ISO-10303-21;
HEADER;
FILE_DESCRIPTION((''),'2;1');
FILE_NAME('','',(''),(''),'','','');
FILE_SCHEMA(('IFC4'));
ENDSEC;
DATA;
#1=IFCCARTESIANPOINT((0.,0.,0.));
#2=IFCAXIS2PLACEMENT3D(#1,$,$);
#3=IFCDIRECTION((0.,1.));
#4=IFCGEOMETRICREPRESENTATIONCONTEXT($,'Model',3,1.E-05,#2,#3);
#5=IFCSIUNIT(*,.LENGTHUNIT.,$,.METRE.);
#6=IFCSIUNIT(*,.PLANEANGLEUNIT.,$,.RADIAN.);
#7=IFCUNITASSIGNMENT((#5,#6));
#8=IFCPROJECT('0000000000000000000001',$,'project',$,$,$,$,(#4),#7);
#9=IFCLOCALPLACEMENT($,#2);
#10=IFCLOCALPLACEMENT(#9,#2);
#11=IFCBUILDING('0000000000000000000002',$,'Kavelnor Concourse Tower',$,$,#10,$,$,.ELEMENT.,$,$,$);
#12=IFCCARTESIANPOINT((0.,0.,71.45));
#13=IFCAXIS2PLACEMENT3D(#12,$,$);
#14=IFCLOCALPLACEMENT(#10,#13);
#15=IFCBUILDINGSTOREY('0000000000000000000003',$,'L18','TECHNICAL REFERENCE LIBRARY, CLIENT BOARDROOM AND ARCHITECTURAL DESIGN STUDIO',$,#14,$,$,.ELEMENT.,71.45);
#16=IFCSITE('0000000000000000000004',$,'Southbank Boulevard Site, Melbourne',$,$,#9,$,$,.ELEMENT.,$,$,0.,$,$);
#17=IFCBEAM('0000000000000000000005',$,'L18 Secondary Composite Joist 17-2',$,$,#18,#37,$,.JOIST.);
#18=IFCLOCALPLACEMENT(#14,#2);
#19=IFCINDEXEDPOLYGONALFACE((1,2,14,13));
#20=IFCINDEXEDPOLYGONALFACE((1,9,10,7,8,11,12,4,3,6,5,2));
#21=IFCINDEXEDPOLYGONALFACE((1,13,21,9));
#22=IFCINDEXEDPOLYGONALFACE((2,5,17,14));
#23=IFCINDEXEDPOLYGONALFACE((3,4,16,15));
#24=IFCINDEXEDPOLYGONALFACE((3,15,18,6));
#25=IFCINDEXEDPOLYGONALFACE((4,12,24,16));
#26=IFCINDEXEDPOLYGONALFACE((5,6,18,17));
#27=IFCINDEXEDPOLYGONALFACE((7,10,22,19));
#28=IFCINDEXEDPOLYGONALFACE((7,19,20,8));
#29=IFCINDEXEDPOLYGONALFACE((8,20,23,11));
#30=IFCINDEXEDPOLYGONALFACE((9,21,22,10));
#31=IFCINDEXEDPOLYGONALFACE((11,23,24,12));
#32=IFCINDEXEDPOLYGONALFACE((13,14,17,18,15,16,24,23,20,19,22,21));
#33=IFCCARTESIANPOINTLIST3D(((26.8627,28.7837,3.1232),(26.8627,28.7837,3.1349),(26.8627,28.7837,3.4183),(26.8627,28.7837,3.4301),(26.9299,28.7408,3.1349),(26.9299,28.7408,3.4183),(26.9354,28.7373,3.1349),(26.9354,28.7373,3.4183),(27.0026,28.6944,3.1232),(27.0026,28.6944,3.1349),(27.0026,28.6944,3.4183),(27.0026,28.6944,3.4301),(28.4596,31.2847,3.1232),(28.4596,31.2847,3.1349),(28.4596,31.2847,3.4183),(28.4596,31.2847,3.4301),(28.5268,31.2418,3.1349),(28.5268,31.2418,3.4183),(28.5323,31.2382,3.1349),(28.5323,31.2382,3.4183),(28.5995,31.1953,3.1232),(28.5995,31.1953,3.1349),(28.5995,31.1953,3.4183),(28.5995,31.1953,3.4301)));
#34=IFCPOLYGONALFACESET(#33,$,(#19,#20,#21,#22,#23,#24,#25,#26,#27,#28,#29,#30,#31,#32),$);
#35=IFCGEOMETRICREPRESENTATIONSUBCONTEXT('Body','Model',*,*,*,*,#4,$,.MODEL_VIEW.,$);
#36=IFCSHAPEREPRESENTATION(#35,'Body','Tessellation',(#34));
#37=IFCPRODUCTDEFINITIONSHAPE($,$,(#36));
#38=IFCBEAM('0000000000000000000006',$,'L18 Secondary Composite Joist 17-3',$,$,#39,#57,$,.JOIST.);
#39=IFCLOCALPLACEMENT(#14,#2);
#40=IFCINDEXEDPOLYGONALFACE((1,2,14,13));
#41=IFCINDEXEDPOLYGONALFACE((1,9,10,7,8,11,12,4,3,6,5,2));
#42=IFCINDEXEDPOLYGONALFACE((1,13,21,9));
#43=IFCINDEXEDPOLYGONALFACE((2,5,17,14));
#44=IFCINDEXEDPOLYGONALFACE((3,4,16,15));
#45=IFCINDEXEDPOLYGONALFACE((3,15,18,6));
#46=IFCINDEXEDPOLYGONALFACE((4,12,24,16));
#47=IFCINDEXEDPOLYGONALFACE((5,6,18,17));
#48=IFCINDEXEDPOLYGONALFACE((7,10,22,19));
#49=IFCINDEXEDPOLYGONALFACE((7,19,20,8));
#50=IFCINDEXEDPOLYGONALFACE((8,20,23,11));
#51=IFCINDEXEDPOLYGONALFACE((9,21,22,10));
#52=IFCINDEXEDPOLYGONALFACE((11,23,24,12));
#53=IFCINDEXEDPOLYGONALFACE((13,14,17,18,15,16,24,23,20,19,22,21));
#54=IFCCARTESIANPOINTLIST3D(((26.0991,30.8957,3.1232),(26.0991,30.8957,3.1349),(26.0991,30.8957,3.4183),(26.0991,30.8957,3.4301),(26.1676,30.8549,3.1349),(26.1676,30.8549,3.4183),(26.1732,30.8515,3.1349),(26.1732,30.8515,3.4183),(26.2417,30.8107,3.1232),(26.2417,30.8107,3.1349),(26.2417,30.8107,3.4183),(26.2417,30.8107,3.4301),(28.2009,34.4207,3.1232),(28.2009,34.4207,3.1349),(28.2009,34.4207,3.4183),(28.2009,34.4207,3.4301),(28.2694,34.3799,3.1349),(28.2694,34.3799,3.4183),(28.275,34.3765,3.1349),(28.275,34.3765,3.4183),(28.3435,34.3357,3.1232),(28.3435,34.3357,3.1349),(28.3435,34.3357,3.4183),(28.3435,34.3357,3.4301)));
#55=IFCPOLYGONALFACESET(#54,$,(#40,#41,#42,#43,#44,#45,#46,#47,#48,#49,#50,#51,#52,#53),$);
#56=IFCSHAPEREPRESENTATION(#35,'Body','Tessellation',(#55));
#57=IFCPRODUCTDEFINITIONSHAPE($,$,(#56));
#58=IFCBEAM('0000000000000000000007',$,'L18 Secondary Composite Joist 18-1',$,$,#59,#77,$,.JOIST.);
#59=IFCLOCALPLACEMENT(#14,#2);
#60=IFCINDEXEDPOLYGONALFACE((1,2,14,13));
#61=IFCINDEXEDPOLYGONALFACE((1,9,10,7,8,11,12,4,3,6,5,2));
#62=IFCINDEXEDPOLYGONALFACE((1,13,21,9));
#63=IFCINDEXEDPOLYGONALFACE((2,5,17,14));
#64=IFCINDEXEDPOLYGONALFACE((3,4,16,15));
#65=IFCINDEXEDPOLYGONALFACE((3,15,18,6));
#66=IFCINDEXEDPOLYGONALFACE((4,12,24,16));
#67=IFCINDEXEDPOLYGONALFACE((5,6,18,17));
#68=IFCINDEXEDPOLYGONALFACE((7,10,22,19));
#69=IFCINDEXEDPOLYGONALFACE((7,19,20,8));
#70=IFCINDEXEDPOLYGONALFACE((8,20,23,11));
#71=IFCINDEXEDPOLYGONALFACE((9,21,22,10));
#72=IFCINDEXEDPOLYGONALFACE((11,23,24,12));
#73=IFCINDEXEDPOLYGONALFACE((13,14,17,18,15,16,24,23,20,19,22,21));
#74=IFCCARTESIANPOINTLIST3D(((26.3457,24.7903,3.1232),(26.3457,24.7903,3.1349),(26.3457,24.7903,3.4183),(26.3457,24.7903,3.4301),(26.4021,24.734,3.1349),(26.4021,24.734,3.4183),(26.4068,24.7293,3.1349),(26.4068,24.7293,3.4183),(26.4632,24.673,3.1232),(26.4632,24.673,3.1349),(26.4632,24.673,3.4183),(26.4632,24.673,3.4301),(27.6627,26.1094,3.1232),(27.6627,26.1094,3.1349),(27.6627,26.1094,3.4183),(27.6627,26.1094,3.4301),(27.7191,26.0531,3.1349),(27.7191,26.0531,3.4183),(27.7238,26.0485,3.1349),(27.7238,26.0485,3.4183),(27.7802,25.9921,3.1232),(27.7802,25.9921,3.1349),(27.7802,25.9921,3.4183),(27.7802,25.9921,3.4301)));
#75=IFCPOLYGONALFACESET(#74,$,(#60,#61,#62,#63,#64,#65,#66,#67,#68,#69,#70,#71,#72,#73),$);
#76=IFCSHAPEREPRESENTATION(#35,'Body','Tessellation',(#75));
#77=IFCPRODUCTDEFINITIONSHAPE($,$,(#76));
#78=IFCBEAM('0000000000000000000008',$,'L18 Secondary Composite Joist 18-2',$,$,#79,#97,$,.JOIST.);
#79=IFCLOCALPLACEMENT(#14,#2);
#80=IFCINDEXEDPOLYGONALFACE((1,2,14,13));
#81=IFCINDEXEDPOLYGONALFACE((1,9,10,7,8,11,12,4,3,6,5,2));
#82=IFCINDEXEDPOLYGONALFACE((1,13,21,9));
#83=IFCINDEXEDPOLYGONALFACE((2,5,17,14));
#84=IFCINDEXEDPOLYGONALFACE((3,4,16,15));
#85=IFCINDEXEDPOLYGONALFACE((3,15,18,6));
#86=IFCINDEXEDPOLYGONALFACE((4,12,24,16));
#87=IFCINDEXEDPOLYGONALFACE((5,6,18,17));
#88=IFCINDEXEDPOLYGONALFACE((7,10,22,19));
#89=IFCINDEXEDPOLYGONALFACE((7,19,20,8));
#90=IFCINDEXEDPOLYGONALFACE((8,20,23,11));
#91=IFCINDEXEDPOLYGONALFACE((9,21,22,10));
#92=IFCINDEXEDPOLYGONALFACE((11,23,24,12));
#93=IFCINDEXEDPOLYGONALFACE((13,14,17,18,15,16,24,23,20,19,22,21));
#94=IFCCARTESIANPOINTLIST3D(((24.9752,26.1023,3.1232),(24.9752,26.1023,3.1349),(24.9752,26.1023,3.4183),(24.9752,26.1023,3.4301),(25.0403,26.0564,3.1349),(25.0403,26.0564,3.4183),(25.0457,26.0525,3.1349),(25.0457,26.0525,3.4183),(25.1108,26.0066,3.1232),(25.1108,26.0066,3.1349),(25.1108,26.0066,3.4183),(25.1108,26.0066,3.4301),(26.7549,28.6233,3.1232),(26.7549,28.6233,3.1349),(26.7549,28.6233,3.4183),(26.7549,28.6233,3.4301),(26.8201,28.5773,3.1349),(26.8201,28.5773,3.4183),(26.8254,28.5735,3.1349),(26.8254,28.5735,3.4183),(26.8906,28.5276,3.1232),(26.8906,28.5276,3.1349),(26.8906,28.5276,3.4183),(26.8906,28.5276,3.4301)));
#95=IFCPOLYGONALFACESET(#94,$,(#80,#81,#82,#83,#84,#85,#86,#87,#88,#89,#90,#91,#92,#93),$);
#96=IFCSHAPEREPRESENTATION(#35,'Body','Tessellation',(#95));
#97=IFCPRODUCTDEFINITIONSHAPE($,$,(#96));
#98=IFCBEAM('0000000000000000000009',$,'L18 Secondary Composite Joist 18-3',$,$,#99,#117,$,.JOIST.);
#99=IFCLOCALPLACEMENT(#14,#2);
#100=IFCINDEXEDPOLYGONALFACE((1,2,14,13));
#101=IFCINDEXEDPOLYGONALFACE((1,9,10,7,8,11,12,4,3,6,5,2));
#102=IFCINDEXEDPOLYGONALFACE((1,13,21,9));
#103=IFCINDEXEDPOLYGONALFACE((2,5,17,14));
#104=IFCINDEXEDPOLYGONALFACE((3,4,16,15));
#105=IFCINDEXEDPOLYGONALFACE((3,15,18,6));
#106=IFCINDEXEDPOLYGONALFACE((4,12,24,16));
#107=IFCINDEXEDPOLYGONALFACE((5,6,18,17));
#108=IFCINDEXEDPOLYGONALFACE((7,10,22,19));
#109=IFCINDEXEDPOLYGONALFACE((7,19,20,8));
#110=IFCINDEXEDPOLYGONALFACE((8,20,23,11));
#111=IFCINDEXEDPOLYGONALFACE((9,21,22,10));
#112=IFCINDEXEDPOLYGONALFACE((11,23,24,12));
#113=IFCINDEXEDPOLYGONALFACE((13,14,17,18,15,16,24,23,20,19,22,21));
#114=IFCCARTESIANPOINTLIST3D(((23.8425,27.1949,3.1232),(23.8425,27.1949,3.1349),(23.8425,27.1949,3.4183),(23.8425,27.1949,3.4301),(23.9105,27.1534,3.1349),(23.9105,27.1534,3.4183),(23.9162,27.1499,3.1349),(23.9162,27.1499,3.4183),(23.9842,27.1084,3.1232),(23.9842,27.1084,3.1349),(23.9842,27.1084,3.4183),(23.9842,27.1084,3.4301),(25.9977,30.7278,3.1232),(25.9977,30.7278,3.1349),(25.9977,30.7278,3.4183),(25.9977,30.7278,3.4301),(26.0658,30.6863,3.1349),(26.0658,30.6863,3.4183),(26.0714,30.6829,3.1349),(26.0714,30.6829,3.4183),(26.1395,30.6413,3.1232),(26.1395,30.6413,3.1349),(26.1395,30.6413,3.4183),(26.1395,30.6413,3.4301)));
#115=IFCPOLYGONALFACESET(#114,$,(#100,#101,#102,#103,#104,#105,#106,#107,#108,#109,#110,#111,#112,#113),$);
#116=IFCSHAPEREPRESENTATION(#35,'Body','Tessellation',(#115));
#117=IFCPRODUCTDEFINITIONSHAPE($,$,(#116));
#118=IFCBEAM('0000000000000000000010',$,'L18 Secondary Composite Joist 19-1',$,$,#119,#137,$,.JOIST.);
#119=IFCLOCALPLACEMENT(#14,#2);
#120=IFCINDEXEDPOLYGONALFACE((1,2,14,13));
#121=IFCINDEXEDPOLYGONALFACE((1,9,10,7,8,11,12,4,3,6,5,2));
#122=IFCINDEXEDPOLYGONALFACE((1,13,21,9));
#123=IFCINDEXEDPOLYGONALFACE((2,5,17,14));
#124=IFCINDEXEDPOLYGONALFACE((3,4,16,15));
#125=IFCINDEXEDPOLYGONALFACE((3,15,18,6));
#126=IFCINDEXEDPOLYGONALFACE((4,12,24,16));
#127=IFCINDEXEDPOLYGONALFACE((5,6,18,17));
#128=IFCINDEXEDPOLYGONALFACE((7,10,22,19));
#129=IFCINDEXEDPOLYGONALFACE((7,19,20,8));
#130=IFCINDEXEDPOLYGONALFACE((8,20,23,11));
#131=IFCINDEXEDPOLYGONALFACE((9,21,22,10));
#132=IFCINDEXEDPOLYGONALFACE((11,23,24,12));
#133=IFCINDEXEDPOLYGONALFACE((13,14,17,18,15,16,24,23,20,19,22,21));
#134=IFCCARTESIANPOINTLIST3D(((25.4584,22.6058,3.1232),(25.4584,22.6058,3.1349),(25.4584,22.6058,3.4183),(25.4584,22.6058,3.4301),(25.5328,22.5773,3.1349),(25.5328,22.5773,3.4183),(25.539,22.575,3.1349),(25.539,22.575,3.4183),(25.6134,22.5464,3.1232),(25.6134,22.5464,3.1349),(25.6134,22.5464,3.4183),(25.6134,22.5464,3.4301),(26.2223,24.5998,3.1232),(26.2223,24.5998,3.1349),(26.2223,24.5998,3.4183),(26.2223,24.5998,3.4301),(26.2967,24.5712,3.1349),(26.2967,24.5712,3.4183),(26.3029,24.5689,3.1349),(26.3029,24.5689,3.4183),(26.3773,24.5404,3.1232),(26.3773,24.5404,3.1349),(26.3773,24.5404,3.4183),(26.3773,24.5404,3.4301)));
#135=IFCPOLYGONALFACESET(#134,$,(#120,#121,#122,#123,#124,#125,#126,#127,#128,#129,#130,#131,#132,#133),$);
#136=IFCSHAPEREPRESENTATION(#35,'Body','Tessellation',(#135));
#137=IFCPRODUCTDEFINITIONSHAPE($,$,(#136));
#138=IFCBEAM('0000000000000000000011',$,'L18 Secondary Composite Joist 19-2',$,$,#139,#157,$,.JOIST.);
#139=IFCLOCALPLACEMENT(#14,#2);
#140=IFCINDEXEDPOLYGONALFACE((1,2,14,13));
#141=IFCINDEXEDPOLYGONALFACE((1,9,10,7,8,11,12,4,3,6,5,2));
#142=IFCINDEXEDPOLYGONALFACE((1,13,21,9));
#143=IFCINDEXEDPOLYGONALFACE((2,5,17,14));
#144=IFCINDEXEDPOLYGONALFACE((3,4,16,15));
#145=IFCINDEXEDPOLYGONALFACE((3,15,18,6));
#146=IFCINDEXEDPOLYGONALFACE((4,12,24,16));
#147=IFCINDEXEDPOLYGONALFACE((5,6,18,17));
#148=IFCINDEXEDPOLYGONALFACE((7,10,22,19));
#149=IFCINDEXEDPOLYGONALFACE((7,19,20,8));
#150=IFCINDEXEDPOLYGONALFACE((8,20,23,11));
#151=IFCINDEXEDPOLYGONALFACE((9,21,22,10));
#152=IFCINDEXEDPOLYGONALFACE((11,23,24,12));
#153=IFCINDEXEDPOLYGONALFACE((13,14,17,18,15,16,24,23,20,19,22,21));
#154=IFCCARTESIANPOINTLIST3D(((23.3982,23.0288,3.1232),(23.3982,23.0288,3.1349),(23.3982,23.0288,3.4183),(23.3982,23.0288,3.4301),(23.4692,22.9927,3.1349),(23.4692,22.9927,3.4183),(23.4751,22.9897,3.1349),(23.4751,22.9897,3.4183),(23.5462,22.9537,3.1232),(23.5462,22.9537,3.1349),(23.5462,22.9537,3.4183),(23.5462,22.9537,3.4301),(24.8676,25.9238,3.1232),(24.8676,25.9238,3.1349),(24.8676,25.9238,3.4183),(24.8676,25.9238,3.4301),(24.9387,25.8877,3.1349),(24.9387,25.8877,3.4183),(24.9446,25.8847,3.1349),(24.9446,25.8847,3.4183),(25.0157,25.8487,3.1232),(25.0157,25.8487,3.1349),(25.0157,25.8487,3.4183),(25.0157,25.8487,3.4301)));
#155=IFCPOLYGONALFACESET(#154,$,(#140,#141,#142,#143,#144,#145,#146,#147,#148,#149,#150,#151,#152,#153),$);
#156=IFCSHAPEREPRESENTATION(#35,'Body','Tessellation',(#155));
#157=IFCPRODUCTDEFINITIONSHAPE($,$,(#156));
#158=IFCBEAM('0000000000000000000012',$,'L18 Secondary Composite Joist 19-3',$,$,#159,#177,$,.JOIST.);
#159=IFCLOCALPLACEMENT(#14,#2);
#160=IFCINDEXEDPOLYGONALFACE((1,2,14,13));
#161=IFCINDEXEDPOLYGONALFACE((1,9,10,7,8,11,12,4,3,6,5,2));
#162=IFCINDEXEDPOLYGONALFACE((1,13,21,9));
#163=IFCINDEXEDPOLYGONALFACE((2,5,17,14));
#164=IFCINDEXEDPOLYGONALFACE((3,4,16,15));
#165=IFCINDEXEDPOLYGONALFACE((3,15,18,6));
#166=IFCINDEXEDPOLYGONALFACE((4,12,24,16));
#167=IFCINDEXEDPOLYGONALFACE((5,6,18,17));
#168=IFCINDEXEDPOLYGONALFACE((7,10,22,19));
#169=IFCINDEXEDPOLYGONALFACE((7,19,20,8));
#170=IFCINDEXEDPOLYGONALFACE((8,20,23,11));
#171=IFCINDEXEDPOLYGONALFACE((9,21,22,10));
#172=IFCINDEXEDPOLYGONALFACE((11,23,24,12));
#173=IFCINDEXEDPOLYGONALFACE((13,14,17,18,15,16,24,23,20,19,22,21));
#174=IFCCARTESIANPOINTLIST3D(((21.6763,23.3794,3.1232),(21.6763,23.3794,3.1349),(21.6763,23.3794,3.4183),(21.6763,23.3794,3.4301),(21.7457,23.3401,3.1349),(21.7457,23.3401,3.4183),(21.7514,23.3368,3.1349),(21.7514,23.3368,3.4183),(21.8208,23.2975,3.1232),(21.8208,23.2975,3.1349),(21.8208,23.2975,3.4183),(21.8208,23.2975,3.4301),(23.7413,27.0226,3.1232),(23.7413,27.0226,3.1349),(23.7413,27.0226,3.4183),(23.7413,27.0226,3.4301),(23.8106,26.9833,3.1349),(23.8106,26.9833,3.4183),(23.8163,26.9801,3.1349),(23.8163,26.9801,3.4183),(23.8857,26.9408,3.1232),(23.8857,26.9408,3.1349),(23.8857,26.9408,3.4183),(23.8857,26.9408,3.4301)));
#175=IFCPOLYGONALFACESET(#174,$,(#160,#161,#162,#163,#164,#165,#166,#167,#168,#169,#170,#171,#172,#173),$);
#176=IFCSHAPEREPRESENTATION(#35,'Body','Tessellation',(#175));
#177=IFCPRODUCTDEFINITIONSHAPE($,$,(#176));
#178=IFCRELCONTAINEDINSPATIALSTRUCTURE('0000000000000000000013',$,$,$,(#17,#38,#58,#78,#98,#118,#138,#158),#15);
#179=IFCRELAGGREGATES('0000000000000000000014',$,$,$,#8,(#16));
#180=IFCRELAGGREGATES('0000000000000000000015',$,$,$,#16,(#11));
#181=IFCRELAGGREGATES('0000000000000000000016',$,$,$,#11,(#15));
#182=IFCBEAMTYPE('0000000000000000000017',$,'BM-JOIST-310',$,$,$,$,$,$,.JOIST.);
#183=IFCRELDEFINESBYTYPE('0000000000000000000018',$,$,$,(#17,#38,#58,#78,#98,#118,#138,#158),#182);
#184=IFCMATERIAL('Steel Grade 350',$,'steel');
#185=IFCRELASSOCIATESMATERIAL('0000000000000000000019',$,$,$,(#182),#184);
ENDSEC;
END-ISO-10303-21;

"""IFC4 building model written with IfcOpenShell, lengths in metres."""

from ifc_helpers import new_model, si_unit, direction, frame, origin, origin_2d, place, context, subcontext, project, spatial, i_section, extrude, material, material_profile, profile_set, type_object, element, save


model = new_model("IFC4")

# Units and contexts
model_context = context("Model", 3, precision=1e-05, world=origin(), true_north=direction((0.0, 1.0)))
body_context = subcontext(model_context, "Body", "Model", "MODEL_VIEW")
ifc_project = project(units=[si_unit("LENGTHUNIT", "METRE"), si_unit("PLANEANGLEUNIT", "RADIAN")], contexts=[model_context])

# Site, building, storey
site_placement = place(None, origin())
site = spatial("IfcSite", under=ifc_project, at=site_placement, Name="Southbank Boulevard Site, Melbourne", CompositionType="ELEMENT", RefElevation=0.0)
building_placement = place(site_placement, origin())
building = spatial("IfcBuilding", under=site, at=building_placement, Name="Kavelnor Concourse Tower", CompositionType="ELEMENT")
storey_placement = place(building_placement, frame((0.0, 0.0, 71.45)))
storey = spatial("IfcBuildingStorey", under=building, at=storey_placement, Name="L18", Description="TECHNICAL REFERENCE LIBRARY, CLIENT BOARDROOM AND ARCHITECTURAL DESIGN STUDIO", CompositionType="ELEMENT", Elevation=71.45)

# Shared definitions
ifc_material_1 = material(Name="Steel Grade 350", Category="steel")

# Beams
ifc_material_profile_1 = material_profile(ifc_material_1, i_section(OverallWidth=0.166, OverallDepth=0.3069, WebThickness=0.0066, FlangeThickness=0.0117, at=origin_2d()), Name="310UB46")
ifc_profile_set_1 = profile_set([ifc_material_profile_1], Name="Steel Grade 350")
beam_type_1 = type_object("IfcBeamType", Name="BM-JOIST-310", PredefinedType="JOIST", material=ifc_profile_set_1)
beam_1_placement = place(storey_placement, frame((28.5295, 31.24, 3.2766), z_axis=(-0.538169, -0.842837, 0.0), x_axis=(0.842837, -0.538169, 0.0)))
element("IfcBeam", 1, at=beam_1_placement, inside=storey, type_object=beam_type_1, Name="L18 Secondary Composite Joist 17-2", PredefinedType="JOIST", context=body_context, shape_type="SweptSolid", body=[
    extrude(i_section(OverallWidth=0.166, OverallDepth=0.3069, WebThickness=0.0066, FlangeThickness=0.0117, at=origin_2d()), origin(), (0.0, 0.0, 1.0), 2.9673),
])
beam_2_placement = place(storey_placement, frame((28.2722, 34.3782, 3.2766), z_axis=(-0.512141, -0.858902, 0.0), x_axis=(0.858902, -0.512141, 0.0)))
element("IfcBeam", 2, at=beam_2_placement, inside=storey, type_object=beam_type_1, Name="L18 Secondary Composite Joist 17-3", PredefinedType="JOIST", context=body_context, shape_type="SweptSolid", body=[
    extrude(i_section(OverallWidth=0.166, OverallDepth=0.3069, WebThickness=0.0066, FlangeThickness=0.0117, at=origin_2d()), origin(), (0.0, 0.0, 1.0), 4.104),
])
beam_3_placement = place(storey_placement, frame((27.7214, 26.0508, 3.2766), z_axis=(-0.706517, -0.707696, 0.0), x_axis=(0.707696, -0.706517, 0.0)))
element("IfcBeam", 3, at=beam_3_placement, inside=storey, type_object=beam_type_1, Name="L18 Secondary Composite Joist 18-1", PredefinedType="JOIST", context=body_context, shape_type="SweptSolid", body=[
    extrude(i_section(OverallWidth=0.166, OverallDepth=0.3069, WebThickness=0.0066, FlangeThickness=0.0117, at=origin_2d()), origin(), (0.0, 0.0, 1.0), 1.864),
])
beam_4_placement = place(storey_placement, frame((26.8228, 28.5754, 3.2766), z_axis=(-0.576739, -0.816928, 0.0), x_axis=(0.816928, -0.576739, 0.0)))
element("IfcBeam", 4, at=beam_4_placement, inside=storey, type_object=beam_type_1, Name="L18 Secondary Composite Joist 18-2", PredefinedType="JOIST", context=body_context, shape_type="SweptSolid", body=[
    extrude(i_section(OverallWidth=0.166, OverallDepth=0.3069, WebThickness=0.0066, FlangeThickness=0.0117, at=origin_2d()), origin(), (0.0, 0.0, 1.0), 3.0859),
])
beam_5_placement = place(storey_placement, frame((26.0686, 30.6846, 3.2766), z_axis=(-0.520789, -0.853686, 0.0), x_axis=(0.853686, -0.520789, 0.0)))
element("IfcBeam", 5, at=beam_5_placement, inside=storey, type_object=beam_type_1, Name="L18 Secondary Composite Joist 18-3", PredefinedType="JOIST", context=body_context, shape_type="SweptSolid", body=[
    extrude(i_section(OverallWidth=0.166, OverallDepth=0.3069, WebThickness=0.0066, FlangeThickness=0.0117, at=origin_2d()), origin(), (0.0, 0.0, 1.0), 4.1384),
])
beam_6_placement = place(storey_placement, frame((26.2998, 24.5701, 3.2766), z_axis=(-0.357768, -0.93381, 0.0), x_axis=(0.93381, -0.357768, 0.0)))
element("IfcBeam", 6, at=beam_6_placement, inside=storey, type_object=beam_type_1, Name="L18 Secondary Composite Joist 19-1", PredefinedType="JOIST", context=body_context, shape_type="SweptSolid", body=[
    extrude(i_section(OverallWidth=0.166, OverallDepth=0.3069, WebThickness=0.0066, FlangeThickness=0.0117, at=origin_2d()), origin(), (0.0, 0.0, 1.0), 2.1353),
])
beam_7_placement = place(storey_placement, frame((24.9417, 25.8862, 3.2766), z_axis=(-0.45262, -0.891704, 0.0), x_axis=(0.891704, -0.45262, 0.0)))
element("IfcBeam", 7, at=beam_7_placement, inside=storey, type_object=beam_type_1, Name="L18 Secondary Composite Joist 19-2", PredefinedType="JOIST", context=body_context, shape_type="SweptSolid", body=[
    extrude(i_section(OverallWidth=0.166, OverallDepth=0.3069, WebThickness=0.0066, FlangeThickness=0.0117, at=origin_2d()), origin(), (0.0, 0.0, 1.0), 3.2466),
])
beam_8_placement = place(storey_placement, frame((23.8135, 26.9817, 3.2766), z_axis=(-0.493085, -0.869981, 0.0), x_axis=(0.869981, -0.493085, 0.0)))
element("IfcBeam", 8, at=beam_8_placement, inside=storey, type_object=beam_type_1, Name="L18 Secondary Composite Joist 19-3", PredefinedType="JOIST", context=body_context, shape_type="SweptSolid", body=[
    extrude(i_section(OverallWidth=0.166, OverallDepth=0.3069, WebThickness=0.0066, FlangeThickness=0.0117, at=origin_2d()), origin(), (0.0, 0.0, 1.0), 4.1877),
])

save(model, "model.ifc")
